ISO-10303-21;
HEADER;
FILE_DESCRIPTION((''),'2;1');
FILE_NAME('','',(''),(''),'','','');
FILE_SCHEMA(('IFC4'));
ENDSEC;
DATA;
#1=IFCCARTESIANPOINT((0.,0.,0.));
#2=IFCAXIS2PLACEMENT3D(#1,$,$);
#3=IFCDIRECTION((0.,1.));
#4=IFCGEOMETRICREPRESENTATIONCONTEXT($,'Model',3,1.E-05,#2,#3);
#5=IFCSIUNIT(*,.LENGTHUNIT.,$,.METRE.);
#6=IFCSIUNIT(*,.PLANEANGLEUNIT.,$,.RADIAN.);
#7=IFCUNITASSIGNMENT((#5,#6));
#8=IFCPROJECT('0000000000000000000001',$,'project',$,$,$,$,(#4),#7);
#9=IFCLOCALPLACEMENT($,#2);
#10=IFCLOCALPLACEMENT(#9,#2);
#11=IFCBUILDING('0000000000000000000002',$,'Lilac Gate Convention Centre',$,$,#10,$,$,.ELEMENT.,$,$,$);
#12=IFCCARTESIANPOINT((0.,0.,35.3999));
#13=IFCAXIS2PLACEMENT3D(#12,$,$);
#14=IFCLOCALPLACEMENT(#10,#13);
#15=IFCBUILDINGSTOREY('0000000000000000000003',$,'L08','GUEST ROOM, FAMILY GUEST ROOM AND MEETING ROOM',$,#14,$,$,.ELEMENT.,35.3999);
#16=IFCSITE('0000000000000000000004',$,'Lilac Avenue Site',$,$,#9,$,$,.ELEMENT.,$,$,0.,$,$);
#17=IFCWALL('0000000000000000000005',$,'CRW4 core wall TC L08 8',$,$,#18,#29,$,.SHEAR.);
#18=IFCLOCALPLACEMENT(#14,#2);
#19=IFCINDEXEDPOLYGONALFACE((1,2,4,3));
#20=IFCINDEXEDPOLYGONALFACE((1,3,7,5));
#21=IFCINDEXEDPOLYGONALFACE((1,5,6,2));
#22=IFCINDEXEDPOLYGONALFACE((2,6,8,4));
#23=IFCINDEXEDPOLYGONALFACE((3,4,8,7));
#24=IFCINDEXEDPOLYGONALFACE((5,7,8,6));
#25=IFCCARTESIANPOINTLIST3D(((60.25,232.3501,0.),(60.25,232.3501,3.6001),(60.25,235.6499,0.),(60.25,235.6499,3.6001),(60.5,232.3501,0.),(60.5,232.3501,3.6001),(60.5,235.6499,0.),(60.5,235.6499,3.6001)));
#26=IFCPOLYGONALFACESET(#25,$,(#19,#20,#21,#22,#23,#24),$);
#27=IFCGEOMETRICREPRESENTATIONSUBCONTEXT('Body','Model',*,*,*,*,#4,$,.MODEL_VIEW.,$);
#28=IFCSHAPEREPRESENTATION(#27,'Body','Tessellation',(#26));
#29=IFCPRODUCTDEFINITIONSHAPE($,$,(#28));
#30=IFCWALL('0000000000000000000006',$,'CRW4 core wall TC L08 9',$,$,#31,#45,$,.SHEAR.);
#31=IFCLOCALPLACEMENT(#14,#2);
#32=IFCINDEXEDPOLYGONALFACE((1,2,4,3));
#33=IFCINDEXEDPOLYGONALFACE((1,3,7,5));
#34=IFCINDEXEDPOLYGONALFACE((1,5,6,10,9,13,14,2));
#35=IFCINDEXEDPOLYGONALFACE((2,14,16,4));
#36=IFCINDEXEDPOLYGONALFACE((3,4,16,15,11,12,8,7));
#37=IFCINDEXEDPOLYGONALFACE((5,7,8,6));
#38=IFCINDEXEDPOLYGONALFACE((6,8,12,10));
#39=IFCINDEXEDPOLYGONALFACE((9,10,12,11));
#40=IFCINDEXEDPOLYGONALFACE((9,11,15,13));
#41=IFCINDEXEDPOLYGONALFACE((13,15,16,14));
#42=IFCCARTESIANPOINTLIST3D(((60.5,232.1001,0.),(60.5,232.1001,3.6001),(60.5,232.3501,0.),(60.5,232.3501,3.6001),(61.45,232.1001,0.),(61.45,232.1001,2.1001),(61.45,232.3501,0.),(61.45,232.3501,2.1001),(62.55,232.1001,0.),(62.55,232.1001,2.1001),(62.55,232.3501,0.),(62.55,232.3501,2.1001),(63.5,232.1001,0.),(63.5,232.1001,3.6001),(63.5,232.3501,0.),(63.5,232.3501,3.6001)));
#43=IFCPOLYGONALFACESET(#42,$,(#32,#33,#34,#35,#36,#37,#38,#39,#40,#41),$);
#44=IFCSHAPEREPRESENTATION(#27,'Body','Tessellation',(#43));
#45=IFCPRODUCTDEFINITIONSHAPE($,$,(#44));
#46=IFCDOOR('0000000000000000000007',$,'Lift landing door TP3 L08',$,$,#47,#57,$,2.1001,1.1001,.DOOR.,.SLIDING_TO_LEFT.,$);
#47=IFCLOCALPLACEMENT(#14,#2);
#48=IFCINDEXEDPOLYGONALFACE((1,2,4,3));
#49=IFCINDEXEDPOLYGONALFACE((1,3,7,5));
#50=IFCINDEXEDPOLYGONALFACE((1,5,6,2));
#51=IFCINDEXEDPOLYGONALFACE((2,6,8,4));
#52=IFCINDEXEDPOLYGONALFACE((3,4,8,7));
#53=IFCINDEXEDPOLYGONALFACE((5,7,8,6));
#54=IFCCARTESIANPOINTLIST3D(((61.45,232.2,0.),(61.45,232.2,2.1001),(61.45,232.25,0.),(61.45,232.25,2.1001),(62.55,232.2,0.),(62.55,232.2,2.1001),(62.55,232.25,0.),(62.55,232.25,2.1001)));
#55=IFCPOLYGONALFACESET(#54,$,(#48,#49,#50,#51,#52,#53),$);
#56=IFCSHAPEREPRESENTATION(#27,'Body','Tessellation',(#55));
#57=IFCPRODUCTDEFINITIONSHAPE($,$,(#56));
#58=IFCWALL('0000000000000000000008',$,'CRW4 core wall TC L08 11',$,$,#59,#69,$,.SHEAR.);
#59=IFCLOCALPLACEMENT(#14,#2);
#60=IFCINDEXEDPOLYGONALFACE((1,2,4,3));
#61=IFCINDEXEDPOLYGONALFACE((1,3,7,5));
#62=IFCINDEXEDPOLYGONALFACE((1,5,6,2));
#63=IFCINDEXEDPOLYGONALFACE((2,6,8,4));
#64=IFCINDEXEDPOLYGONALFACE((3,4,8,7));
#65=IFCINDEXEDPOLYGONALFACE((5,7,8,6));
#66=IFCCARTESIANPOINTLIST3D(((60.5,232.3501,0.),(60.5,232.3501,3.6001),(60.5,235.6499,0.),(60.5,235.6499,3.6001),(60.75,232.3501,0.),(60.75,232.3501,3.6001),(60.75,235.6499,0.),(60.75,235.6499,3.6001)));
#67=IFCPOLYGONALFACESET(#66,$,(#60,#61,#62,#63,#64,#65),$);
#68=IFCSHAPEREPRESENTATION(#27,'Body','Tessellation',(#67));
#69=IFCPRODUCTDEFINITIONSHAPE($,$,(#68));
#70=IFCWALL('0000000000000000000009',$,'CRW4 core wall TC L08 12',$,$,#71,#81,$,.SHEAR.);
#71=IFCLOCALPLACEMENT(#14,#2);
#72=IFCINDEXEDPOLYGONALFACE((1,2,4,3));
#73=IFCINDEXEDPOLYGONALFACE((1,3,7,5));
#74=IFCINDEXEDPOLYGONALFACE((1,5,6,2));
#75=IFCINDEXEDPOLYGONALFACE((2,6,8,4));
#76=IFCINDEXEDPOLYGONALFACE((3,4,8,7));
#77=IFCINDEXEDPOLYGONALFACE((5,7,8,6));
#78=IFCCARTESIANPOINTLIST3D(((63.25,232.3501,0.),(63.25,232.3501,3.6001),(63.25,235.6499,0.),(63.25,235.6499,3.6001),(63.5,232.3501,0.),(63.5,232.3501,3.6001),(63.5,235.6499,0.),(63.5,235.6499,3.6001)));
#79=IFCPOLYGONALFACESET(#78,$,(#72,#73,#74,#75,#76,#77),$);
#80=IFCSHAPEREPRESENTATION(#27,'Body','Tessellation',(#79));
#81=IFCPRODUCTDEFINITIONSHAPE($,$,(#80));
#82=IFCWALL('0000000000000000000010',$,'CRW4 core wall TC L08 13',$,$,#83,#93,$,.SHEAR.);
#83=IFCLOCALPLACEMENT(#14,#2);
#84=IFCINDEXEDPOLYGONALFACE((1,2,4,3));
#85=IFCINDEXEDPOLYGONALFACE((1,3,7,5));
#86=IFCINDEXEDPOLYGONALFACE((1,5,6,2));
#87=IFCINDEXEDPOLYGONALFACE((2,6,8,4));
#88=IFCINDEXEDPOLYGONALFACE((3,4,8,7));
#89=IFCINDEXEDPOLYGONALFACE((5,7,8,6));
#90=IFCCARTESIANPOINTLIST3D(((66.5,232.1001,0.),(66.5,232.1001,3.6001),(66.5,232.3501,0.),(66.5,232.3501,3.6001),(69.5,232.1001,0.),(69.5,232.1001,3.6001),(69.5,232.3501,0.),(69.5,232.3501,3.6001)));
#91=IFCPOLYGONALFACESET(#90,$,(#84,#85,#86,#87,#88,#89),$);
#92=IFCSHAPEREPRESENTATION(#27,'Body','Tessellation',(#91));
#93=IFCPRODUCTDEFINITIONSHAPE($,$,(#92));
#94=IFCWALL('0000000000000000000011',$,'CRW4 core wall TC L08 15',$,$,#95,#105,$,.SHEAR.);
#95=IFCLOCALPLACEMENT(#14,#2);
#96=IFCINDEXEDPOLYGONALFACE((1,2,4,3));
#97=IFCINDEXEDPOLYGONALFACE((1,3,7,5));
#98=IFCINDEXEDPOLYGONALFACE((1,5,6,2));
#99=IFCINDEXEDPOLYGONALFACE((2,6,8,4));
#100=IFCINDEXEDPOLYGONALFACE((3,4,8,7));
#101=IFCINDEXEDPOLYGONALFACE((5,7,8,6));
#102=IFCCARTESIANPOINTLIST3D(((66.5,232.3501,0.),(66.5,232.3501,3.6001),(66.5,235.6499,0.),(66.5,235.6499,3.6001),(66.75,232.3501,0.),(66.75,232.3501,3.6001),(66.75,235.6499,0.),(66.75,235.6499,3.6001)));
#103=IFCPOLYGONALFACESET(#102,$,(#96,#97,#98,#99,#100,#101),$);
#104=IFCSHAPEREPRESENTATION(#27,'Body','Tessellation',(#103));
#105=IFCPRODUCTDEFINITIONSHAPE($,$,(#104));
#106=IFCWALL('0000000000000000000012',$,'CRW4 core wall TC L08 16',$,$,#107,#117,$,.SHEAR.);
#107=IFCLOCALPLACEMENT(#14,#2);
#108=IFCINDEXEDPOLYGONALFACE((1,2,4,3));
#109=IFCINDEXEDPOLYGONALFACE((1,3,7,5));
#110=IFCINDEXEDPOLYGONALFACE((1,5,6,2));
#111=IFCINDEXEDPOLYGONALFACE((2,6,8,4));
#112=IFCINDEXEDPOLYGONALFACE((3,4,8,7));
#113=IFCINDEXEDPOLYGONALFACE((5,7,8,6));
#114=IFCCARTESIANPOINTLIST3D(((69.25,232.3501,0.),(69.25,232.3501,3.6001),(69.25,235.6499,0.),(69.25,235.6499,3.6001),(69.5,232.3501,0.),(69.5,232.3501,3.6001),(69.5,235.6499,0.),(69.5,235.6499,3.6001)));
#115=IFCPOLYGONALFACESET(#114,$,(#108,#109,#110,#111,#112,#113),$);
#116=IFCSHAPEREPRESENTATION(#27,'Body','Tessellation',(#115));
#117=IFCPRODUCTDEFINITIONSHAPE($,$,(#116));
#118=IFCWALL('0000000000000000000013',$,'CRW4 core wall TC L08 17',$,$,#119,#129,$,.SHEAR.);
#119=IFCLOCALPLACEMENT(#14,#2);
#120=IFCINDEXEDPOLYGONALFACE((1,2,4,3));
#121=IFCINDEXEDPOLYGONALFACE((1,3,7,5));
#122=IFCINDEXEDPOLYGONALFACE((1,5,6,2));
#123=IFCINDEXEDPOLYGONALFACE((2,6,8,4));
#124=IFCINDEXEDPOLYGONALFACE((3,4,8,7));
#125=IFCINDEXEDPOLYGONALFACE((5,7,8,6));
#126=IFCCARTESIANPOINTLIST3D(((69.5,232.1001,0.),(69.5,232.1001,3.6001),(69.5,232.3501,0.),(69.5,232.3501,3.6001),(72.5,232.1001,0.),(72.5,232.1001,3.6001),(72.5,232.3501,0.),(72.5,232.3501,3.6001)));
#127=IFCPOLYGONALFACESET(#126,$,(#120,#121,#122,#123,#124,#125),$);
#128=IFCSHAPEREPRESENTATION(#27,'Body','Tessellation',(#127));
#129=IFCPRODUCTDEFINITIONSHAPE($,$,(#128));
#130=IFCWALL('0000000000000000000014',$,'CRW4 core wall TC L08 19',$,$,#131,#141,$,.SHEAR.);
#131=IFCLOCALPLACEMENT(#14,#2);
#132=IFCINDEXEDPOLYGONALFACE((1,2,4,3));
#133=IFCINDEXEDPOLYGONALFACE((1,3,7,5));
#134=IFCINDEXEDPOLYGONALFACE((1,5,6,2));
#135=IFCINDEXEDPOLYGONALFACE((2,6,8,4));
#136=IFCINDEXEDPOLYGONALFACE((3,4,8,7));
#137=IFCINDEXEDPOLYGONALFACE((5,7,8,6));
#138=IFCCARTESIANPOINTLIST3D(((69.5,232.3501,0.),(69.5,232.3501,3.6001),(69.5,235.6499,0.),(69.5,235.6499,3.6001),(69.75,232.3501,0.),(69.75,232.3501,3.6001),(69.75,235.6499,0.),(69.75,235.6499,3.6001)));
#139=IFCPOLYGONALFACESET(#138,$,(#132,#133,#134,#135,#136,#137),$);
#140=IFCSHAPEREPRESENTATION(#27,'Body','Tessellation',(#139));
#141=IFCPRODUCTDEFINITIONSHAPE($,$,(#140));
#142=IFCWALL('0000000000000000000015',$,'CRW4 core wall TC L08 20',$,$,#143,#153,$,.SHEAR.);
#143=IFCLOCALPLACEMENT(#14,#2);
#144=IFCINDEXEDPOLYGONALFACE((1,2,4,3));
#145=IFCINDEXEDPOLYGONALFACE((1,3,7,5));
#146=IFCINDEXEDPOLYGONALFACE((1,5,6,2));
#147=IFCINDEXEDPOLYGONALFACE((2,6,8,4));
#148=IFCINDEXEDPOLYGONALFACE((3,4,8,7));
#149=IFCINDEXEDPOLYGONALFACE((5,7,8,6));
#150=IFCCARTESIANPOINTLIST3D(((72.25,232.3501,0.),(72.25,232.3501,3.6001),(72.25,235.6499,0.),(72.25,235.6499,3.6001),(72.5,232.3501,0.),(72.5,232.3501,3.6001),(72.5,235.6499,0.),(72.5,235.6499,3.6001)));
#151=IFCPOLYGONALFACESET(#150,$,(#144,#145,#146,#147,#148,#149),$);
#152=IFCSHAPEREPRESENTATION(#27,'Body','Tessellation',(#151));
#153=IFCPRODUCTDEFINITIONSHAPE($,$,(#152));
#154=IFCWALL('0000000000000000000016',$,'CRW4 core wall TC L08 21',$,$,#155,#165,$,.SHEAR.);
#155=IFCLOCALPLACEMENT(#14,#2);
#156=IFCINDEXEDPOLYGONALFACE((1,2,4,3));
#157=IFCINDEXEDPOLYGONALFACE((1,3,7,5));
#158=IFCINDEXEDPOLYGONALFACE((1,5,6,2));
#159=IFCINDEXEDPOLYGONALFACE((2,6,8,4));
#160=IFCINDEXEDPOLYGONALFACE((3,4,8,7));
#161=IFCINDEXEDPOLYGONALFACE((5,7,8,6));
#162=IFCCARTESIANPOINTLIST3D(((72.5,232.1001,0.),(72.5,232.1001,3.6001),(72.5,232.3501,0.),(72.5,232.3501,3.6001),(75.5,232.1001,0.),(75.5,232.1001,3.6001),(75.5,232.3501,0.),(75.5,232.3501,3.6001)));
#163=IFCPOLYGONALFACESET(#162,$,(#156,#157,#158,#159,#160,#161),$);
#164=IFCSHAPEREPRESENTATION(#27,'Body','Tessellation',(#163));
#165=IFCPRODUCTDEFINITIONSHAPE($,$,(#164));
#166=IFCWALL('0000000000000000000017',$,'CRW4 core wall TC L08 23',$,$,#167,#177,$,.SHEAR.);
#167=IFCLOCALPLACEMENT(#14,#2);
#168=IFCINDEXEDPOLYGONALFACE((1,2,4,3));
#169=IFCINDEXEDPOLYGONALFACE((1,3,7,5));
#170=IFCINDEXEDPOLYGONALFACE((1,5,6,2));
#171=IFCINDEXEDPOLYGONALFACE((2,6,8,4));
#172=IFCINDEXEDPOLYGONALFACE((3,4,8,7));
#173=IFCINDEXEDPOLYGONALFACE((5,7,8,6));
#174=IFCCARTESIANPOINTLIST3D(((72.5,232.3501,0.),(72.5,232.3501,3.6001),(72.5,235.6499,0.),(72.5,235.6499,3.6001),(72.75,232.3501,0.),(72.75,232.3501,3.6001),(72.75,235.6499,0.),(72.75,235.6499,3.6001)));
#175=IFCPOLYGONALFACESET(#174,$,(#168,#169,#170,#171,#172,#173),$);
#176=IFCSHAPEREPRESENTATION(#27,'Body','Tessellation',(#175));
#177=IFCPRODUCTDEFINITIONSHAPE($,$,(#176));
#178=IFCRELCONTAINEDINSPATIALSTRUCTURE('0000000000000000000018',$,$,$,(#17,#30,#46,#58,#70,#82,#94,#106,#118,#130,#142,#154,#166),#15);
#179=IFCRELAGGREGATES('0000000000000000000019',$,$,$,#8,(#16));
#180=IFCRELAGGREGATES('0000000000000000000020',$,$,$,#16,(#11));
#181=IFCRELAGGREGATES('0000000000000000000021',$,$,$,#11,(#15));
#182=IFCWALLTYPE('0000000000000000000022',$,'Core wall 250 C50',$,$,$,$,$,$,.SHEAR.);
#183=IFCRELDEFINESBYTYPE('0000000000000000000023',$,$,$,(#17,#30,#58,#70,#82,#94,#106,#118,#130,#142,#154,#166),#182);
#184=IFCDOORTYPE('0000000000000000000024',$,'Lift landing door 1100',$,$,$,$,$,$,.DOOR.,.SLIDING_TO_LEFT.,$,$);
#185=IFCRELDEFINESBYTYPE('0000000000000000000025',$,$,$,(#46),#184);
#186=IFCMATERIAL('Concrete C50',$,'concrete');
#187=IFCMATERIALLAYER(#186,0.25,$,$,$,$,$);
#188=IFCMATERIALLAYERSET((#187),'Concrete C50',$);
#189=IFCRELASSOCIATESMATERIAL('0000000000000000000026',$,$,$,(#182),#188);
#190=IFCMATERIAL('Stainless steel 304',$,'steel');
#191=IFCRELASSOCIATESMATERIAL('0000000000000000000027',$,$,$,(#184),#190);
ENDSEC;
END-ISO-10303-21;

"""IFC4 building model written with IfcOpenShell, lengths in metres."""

from ifc_helpers import new_model, si_unit, direction, frame, frame_2d, origin, place, context, subcontext, project, spatial, rectangle, extrude, material, layer, layer_set, type_object, element, fill, save


model = new_model("IFC4")

# Units and contexts
model_context = context("Model", 3, precision=1e-05, world=origin(), true_north=direction((0.0, 1.0)))
body_context = subcontext(model_context, "Body", "Model", "MODEL_VIEW")
ifc_project = project(units=[si_unit("LENGTHUNIT", "METRE"), si_unit("PLANEANGLEUNIT", "RADIAN")], contexts=[model_context])

# Site, building, storey
site_placement = place(None, origin())
site = spatial("IfcSite", under=ifc_project, at=site_placement, Name="Lilac Avenue Site", CompositionType="ELEMENT", RefElevation=0.0)
building_placement = place(site_placement, origin())
building = spatial("IfcBuilding", under=site, at=building_placement, Name="Lilac Gate Convention Centre", CompositionType="ELEMENT")
storey_placement = place(building_placement, frame((0.0, 0.0, 35.3999)))
storey = spatial("IfcBuildingStorey", under=building, at=storey_placement, Name="L08", Description="GUEST ROOM, FAMILY GUEST ROOM AND MEETING ROOM", CompositionType="ELEMENT", Elevation=35.3999)

# Wall
ifc_material_1 = material(Name="Concrete C50", Category="concrete")
ifc_layer_1 = layer(ifc_material_1, 0.25)
ifc_layer_set_1 = layer_set([ifc_layer_1], Name="Concrete C50")
wall_type_1 = type_object("IfcWallType", Name="Core wall 250 C50", PredefinedType="SHEAR", material=ifc_layer_set_1)
wall_1_placement = place(storey_placement, frame((60.375, 232.3501, 0.0), z_axis=(0.0, 0.0, 1.0), x_axis=(0.0, 1.0, 0.0)))
element("IfcWall", 1, at=wall_1_placement, inside=storey, type_object=wall_type_1, Name="CRW4 core wall TC L08 8", PredefinedType="SHEAR", context=body_context, shape_type="SweptSolid", body=[
    extrude(rectangle(XDim=3.2998, YDim=0.25, at=frame_2d((1.6499, 0.0))), origin(), (0.0, 0.0, 1.0), 3.6001),
])

# Wall, opening, door
wall_2_placement = place(storey_placement, frame((60.5, 232.2251, 0.0), z_axis=(0.0, 0.0, 1.0), x_axis=(1.0, 0.0, 0.0)))
wall_2 = element("IfcWall", 2, at=wall_2_placement, inside=storey, type_object=wall_type_1, Name="CRW4 core wall TC L08 9", PredefinedType="SHEAR", context=body_context, shape_type="SweptSolid", body=[
    extrude(rectangle(XDim=3.0, YDim=0.25, at=frame_2d((1.5, 0.0))), origin(), (0.0, 0.0, 1.0), 3.6001),
])
opening_1_placement = place(wall_2_placement, frame((0.95, 0.0, 0.0)))
opening_1 = element("IfcOpeningElement", 3, at=opening_1_placement, cuts=wall_2, PredefinedType="OPENING", context=body_context, shape_type="SweptSolid", body=[
    extrude(rectangle(XDim=1.1001, YDim=2.1001, at=frame_2d((0.55, 1.05))), frame((0.0, 0.135, 0.0), z_axis=(0.0, -1.0, 0.0), x_axis=(1.0, 0.0, 0.0)), (0.0, 0.0, 1.0), 0.27),
])
ifc_material_2 = material(Name="Stainless steel 304", Category="steel")
door_type_1 = type_object("IfcDoorType", Name="Lift landing door 1100", OperationType="SLIDING_TO_LEFT", PredefinedType="DOOR", material=ifc_material_2)
door_1_placement = place(opening_1_placement, origin())
door_1 = element("IfcDoor", 4, at=door_1_placement, inside=storey, type_object=door_type_1, Name="Lift landing door TP3 L08", OperationType="SLIDING_TO_LEFT", OverallHeight=2.1001, OverallWidth=1.1001, PredefinedType="DOOR", context=body_context, shape_type="SweptSolid", body=[
    extrude(rectangle(XDim=1.1001, YDim=2.1001, at=frame_2d((0.55, 1.05))), frame((0.0, 0.0249, 0.0), z_axis=(0.0, -1.0, 0.0), x_axis=(1.0, 0.0, 0.0)), (0.0, 0.0, 1.0), 0.05),
])
fill(opening_1, door_1)

# Walls
for number, where, z_axis, x_axis, name in (
    (5, (60.625, 232.3501, 0.0), (0.0, 0.0, 1.0), (0.0, 1.0, 0.0), "CRW4 core wall TC L08 11"),
    (6, (63.375, 232.3501, 0.0), (0.0, 0.0, 1.0), (0.0, 1.0, 0.0), "CRW4 core wall TC L08 12"),
):
    element("IfcWall", number, at=place(storey_placement, frame(where, z_axis=z_axis, x_axis=x_axis)), inside=storey, type_object=wall_type_1, Name=name, PredefinedType="SHEAR", context=body_context, shape_type="SweptSolid", body=[
        extrude(rectangle(XDim=3.2998, YDim=0.25, at=frame_2d((1.6499, 0.0))), origin(), (0.0, 0.0, 1.0), 3.6001),
    ])
wall_3_placement = place(storey_placement, frame((66.5, 232.2251, 0.0), z_axis=(0.0, 0.0, 1.0), x_axis=(1.0, 0.0, 0.0)))
element("IfcWall", 7, at=wall_3_placement, inside=storey, type_object=wall_type_1, Name="CRW4 core wall TC L08 13", PredefinedType="SHEAR", context=body_context, shape_type="SweptSolid", body=[
    extrude(rectangle(XDim=3.0, YDim=0.25, at=frame_2d((1.5, 0.0))), origin(), (0.0, 0.0, 1.0), 3.6001),
])
for number, where, z_axis, x_axis, name in (
    (8, (66.625, 232.3501, 0.0), (0.0, 0.0, 1.0), (0.0, 1.0, 0.0), "CRW4 core wall TC L08 15"),
    (9, (69.375, 232.3501, 0.0), (0.0, 0.0, 1.0), (0.0, 1.0, 0.0), "CRW4 core wall TC L08 16"),
):
    element("IfcWall", number, at=place(storey_placement, frame(where, z_axis=z_axis, x_axis=x_axis)), inside=storey, type_object=wall_type_1, Name=name, PredefinedType="SHEAR", context=body_context, shape_type="SweptSolid", body=[
        extrude(rectangle(XDim=3.2998, YDim=0.25, at=frame_2d((1.6499, 0.0))), origin(), (0.0, 0.0, 1.0), 3.6001),
    ])
wall_4_placement = place(storey_placement, frame((69.5, 232.2251, 0.0), z_axis=(0.0, 0.0, 1.0), x_axis=(1.0, 0.0, 0.0)))
element("IfcWall", 10, at=wall_4_placement, inside=storey, type_object=wall_type_1, Name="CRW4 core wall TC L08 17", PredefinedType="SHEAR", context=body_context, shape_type="SweptSolid", body=[
    extrude(rectangle(XDim=3.0, YDim=0.25, at=frame_2d((1.5, 0.0))), origin(), (0.0, 0.0, 1.0), 3.6001),
])
for number, where, z_axis, x_axis, name in (
    (11, (69.625, 232.3501, 0.0), (0.0, 0.0, 1.0), (0.0, 1.0, 0.0), "CRW4 core wall TC L08 19"),
    (12, (72.375, 232.3501, 0.0), (0.0, 0.0, 1.0), (0.0, 1.0, 0.0), "CRW4 core wall TC L08 20"),
):
    element("IfcWall", number, at=place(storey_placement, frame(where, z_axis=z_axis, x_axis=x_axis)), inside=storey, type_object=wall_type_1, Name=name, PredefinedType="SHEAR", context=body_context, shape_type="SweptSolid", body=[
        extrude(rectangle(XDim=3.2998, YDim=0.25, at=frame_2d((1.6499, 0.0))), origin(), (0.0, 0.0, 1.0), 3.6001),
    ])
wall_5_placement = place(storey_placement, frame((72.5, 232.2251, 0.0), z_axis=(0.0, 0.0, 1.0), x_axis=(1.0, 0.0, 0.0)))
element("IfcWall", 13, at=wall_5_placement, inside=storey, type_object=wall_type_1, Name="CRW4 core wall TC L08 21", PredefinedType="SHEAR", context=body_context, shape_type="SweptSolid", body=[
    extrude(rectangle(XDim=3.0, YDim=0.25, at=frame_2d((1.5, 0.0))), origin(), (0.0, 0.0, 1.0), 3.6001),
])
wall_6_placement = place(storey_placement, frame((72.625, 232.3501, 0.0), z_axis=(0.0, 0.0, 1.0), x_axis=(0.0, 1.0, 0.0)))
element("IfcWall", 14, at=wall_6_placement, inside=storey, type_object=wall_type_1, Name="CRW4 core wall TC L08 23", PredefinedType="SHEAR", context=body_context, shape_type="SweptSolid", body=[
    extrude(rectangle(XDim=3.2998, YDim=0.25, at=frame_2d((1.6499, 0.0))), origin(), (0.0, 0.0, 1.0), 3.6001),
])

save(model, "model.ifc")
